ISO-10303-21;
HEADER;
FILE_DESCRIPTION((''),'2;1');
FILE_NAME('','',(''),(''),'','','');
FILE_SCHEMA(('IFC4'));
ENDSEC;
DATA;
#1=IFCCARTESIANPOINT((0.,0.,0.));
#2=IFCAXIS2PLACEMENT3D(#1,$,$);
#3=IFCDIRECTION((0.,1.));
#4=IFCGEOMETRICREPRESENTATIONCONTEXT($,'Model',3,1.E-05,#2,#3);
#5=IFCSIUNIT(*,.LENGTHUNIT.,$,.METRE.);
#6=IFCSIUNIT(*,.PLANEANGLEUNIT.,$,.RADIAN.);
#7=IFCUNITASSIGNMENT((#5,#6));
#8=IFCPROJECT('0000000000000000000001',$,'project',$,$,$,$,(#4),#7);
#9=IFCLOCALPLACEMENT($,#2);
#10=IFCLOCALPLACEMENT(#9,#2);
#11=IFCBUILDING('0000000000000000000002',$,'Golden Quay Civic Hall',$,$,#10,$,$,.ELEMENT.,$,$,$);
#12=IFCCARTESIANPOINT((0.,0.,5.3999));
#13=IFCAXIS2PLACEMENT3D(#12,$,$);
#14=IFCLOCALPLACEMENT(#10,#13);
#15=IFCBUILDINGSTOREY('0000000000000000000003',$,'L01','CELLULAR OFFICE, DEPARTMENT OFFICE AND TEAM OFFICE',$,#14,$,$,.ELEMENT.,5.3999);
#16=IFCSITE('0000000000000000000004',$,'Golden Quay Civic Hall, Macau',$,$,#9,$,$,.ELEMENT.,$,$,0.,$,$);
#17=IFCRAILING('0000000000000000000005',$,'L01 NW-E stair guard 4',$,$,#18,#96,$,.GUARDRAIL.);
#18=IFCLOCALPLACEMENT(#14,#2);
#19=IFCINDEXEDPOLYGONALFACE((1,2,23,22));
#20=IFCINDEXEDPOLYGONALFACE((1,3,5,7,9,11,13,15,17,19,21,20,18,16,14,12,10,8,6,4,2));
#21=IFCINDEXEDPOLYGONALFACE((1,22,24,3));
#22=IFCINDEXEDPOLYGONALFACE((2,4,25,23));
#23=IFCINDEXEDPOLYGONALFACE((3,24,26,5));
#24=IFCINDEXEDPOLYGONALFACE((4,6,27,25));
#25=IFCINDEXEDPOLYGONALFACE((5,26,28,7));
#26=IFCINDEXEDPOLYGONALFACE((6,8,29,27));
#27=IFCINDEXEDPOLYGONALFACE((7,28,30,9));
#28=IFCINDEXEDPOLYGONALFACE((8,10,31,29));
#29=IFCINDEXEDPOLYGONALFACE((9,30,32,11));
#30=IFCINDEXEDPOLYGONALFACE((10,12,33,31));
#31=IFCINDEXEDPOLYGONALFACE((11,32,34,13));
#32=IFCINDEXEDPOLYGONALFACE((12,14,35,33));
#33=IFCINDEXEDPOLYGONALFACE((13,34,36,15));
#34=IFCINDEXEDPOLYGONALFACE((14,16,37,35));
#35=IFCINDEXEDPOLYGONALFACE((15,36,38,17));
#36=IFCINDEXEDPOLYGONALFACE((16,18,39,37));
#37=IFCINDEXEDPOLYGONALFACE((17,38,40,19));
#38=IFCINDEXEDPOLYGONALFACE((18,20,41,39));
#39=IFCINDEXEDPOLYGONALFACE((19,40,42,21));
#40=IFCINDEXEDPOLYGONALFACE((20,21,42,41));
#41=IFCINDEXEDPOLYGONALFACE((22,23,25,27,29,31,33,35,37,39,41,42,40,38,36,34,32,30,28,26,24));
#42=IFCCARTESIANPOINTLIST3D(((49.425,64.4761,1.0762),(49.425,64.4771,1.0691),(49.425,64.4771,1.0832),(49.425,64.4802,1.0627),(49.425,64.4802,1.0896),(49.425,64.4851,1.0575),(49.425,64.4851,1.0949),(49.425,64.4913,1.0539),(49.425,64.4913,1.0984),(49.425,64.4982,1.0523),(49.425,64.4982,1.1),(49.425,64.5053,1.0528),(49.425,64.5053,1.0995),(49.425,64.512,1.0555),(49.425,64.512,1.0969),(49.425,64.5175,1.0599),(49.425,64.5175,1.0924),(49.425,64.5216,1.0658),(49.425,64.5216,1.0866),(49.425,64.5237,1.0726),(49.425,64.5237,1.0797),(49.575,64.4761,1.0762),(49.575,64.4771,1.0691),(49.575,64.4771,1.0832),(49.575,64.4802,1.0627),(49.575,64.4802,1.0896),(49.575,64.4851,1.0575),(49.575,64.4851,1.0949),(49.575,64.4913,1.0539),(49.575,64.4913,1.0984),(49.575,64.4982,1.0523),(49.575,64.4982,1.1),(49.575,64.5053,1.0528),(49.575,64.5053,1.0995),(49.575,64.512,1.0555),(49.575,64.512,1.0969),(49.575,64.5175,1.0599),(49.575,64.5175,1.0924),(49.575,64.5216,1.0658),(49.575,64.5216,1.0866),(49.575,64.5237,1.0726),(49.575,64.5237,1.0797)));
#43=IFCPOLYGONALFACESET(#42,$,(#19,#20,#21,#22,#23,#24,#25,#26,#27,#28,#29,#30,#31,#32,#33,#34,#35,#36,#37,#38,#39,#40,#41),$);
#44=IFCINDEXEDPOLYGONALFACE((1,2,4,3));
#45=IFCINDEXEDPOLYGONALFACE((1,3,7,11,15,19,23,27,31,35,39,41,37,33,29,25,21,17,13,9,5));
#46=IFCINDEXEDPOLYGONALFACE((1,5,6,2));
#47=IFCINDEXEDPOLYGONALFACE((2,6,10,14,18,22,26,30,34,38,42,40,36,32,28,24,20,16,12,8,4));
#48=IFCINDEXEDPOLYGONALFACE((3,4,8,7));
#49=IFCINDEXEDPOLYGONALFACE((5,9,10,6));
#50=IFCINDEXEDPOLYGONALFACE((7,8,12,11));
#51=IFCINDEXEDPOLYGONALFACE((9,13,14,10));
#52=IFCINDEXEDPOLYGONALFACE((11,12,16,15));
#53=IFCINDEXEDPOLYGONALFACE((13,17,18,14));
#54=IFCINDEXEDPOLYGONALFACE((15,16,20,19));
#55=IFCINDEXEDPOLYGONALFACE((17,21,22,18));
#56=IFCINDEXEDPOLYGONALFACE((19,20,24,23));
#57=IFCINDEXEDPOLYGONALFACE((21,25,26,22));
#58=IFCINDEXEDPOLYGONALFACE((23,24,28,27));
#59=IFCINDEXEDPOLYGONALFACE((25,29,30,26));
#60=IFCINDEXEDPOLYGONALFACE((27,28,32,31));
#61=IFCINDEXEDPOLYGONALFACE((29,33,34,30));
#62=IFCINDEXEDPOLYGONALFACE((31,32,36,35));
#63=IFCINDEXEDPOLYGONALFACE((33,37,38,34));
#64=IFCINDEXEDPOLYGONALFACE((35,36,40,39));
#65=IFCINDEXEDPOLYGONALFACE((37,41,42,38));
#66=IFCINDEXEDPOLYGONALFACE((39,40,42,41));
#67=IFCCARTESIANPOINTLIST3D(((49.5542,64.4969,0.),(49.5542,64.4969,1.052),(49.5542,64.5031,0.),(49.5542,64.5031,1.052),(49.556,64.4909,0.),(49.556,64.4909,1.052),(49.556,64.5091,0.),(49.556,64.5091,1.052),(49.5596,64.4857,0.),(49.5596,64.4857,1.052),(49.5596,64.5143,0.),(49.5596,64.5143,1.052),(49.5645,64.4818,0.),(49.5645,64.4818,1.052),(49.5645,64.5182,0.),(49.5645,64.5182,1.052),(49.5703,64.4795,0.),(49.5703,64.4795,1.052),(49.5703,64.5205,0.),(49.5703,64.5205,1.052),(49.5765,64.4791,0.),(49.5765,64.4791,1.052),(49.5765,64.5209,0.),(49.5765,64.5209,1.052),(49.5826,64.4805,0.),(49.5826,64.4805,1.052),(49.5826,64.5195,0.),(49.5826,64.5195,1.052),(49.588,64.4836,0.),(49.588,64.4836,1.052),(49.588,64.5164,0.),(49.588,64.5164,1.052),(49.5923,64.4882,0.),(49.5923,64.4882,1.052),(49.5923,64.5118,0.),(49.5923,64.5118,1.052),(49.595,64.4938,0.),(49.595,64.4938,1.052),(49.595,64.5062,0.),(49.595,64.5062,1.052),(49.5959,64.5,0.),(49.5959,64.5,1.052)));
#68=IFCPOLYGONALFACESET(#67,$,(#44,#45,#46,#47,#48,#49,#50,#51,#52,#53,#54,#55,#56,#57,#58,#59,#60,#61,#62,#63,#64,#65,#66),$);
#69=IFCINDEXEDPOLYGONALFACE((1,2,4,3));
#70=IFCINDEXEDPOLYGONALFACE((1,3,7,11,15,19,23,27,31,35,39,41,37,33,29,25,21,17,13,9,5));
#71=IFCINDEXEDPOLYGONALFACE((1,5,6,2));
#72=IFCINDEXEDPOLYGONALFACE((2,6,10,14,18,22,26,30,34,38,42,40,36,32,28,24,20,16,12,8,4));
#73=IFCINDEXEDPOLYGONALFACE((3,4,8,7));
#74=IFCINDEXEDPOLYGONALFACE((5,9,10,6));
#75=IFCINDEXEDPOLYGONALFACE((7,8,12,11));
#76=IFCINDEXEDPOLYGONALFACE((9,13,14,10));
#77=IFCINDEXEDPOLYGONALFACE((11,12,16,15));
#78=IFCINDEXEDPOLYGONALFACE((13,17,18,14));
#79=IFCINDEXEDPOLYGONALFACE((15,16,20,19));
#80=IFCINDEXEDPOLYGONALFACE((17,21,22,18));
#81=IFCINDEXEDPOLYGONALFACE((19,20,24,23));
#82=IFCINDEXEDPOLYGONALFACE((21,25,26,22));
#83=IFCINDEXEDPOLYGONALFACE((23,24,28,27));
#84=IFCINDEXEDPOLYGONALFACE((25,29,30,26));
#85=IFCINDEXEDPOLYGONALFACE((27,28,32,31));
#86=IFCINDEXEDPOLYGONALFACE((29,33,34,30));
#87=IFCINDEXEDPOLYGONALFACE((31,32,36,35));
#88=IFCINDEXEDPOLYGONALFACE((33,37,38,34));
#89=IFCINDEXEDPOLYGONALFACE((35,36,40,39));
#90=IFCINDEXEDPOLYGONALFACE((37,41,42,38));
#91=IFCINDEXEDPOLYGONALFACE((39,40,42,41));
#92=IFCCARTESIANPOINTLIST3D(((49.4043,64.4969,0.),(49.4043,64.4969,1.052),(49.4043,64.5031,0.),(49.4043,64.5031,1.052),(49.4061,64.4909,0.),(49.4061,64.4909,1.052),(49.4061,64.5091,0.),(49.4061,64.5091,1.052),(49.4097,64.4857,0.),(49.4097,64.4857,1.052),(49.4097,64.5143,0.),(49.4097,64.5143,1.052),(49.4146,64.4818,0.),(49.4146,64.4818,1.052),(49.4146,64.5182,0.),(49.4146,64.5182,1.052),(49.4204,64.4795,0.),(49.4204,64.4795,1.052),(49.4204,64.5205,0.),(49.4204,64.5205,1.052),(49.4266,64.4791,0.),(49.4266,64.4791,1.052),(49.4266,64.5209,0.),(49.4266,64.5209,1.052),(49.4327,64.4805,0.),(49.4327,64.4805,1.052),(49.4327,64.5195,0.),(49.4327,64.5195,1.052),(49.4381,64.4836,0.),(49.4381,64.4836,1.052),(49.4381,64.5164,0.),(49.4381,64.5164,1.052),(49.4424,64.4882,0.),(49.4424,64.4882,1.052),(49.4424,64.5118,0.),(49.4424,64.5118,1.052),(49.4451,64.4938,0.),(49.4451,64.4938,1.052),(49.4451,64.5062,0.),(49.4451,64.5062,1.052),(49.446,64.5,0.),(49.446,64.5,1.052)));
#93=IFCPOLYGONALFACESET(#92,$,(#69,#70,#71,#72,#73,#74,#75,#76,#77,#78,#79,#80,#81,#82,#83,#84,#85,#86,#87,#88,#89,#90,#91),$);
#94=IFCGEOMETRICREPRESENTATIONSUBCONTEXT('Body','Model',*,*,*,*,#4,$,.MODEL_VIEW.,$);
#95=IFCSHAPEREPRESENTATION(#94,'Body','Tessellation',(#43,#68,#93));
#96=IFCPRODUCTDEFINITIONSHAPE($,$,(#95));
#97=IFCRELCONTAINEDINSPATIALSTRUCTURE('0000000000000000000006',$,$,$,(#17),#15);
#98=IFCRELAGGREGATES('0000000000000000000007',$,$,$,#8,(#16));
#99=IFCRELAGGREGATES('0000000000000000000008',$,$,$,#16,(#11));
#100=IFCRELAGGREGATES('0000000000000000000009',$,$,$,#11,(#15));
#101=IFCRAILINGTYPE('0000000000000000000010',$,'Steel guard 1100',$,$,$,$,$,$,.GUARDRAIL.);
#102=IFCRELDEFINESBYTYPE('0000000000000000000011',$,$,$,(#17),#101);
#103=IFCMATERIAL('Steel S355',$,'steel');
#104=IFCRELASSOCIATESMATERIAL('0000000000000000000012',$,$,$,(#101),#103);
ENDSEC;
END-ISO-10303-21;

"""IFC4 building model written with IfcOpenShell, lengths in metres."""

from ifc_helpers import new_model, si_unit, direction, frame, origin, origin_2d, place, context, subcontext, project, spatial, circle, extrude, material, type_object, element, save


model = new_model("IFC4")

# Units and contexts
model_context = context("Model", 3, precision=1e-05, world=origin(), true_north=direction((0.0, 1.0)))
body_context = subcontext(model_context, "Body", "Model", "MODEL_VIEW")
ifc_project = project(units=[si_unit("LENGTHUNIT", "METRE"), si_unit("PLANEANGLEUNIT", "RADIAN")], contexts=[model_context])

# Site, building, storey
site_placement = place(None, origin())
site = spatial("IfcSite", under=ifc_project, at=site_placement, Name="Golden Quay Civic Hall, Macau", CompositionType="ELEMENT", RefElevation=0.0)
building_placement = place(site_placement, origin())
building = spatial("IfcBuilding", under=site, at=building_placement, Name="Golden Quay Civic Hall", CompositionType="ELEMENT")
storey_placement = place(building_placement, frame((0.0, 0.0, 5.3999)))
storey = spatial("IfcBuildingStorey", under=building, at=storey_placement, Name="L01", Description="CELLULAR OFFICE, DEPARTMENT OFFICE AND TEAM OFFICE", CompositionType="ELEMENT", Elevation=5.3999)

# Railing
ifc_material_1 = material(Name="Steel S355", Category="steel")
railing_type_1 = type_object("IfcRailingType", Name="Steel guard 1100", PredefinedType="GUARDRAIL", material=ifc_material_1)
railing_1_placement = place(storey_placement, frame((49.575, 64.5, 0.0)))
element("IfcRailing", 1, at=railing_1_placement, inside=storey, type_object=railing_type_1, Name="L01 NW-E stair guard 4", PredefinedType="GUARDRAIL", context=body_context, shape_type="SweptSolid", body=[
    extrude(circle(Radius=0.0239, at=origin_2d()), frame((0.0, 0.0, 1.0762), z_axis=(-1.0, 0.0, 0.0), x_axis=(0.0, -1.0, 0.0)), (0.0, 0.0, 1.0), 0.1499),
    extrude(circle(Radius=0.021, at=origin_2d()), origin(), (0.0, 0.0, 1.0), 1.052),
    extrude(circle(Radius=0.021, at=origin_2d()), frame((-0.1499, 0.0, 0.0)), (0.0, 0.0, 1.0), 1.052),
])

save(model, "model.ifc")
